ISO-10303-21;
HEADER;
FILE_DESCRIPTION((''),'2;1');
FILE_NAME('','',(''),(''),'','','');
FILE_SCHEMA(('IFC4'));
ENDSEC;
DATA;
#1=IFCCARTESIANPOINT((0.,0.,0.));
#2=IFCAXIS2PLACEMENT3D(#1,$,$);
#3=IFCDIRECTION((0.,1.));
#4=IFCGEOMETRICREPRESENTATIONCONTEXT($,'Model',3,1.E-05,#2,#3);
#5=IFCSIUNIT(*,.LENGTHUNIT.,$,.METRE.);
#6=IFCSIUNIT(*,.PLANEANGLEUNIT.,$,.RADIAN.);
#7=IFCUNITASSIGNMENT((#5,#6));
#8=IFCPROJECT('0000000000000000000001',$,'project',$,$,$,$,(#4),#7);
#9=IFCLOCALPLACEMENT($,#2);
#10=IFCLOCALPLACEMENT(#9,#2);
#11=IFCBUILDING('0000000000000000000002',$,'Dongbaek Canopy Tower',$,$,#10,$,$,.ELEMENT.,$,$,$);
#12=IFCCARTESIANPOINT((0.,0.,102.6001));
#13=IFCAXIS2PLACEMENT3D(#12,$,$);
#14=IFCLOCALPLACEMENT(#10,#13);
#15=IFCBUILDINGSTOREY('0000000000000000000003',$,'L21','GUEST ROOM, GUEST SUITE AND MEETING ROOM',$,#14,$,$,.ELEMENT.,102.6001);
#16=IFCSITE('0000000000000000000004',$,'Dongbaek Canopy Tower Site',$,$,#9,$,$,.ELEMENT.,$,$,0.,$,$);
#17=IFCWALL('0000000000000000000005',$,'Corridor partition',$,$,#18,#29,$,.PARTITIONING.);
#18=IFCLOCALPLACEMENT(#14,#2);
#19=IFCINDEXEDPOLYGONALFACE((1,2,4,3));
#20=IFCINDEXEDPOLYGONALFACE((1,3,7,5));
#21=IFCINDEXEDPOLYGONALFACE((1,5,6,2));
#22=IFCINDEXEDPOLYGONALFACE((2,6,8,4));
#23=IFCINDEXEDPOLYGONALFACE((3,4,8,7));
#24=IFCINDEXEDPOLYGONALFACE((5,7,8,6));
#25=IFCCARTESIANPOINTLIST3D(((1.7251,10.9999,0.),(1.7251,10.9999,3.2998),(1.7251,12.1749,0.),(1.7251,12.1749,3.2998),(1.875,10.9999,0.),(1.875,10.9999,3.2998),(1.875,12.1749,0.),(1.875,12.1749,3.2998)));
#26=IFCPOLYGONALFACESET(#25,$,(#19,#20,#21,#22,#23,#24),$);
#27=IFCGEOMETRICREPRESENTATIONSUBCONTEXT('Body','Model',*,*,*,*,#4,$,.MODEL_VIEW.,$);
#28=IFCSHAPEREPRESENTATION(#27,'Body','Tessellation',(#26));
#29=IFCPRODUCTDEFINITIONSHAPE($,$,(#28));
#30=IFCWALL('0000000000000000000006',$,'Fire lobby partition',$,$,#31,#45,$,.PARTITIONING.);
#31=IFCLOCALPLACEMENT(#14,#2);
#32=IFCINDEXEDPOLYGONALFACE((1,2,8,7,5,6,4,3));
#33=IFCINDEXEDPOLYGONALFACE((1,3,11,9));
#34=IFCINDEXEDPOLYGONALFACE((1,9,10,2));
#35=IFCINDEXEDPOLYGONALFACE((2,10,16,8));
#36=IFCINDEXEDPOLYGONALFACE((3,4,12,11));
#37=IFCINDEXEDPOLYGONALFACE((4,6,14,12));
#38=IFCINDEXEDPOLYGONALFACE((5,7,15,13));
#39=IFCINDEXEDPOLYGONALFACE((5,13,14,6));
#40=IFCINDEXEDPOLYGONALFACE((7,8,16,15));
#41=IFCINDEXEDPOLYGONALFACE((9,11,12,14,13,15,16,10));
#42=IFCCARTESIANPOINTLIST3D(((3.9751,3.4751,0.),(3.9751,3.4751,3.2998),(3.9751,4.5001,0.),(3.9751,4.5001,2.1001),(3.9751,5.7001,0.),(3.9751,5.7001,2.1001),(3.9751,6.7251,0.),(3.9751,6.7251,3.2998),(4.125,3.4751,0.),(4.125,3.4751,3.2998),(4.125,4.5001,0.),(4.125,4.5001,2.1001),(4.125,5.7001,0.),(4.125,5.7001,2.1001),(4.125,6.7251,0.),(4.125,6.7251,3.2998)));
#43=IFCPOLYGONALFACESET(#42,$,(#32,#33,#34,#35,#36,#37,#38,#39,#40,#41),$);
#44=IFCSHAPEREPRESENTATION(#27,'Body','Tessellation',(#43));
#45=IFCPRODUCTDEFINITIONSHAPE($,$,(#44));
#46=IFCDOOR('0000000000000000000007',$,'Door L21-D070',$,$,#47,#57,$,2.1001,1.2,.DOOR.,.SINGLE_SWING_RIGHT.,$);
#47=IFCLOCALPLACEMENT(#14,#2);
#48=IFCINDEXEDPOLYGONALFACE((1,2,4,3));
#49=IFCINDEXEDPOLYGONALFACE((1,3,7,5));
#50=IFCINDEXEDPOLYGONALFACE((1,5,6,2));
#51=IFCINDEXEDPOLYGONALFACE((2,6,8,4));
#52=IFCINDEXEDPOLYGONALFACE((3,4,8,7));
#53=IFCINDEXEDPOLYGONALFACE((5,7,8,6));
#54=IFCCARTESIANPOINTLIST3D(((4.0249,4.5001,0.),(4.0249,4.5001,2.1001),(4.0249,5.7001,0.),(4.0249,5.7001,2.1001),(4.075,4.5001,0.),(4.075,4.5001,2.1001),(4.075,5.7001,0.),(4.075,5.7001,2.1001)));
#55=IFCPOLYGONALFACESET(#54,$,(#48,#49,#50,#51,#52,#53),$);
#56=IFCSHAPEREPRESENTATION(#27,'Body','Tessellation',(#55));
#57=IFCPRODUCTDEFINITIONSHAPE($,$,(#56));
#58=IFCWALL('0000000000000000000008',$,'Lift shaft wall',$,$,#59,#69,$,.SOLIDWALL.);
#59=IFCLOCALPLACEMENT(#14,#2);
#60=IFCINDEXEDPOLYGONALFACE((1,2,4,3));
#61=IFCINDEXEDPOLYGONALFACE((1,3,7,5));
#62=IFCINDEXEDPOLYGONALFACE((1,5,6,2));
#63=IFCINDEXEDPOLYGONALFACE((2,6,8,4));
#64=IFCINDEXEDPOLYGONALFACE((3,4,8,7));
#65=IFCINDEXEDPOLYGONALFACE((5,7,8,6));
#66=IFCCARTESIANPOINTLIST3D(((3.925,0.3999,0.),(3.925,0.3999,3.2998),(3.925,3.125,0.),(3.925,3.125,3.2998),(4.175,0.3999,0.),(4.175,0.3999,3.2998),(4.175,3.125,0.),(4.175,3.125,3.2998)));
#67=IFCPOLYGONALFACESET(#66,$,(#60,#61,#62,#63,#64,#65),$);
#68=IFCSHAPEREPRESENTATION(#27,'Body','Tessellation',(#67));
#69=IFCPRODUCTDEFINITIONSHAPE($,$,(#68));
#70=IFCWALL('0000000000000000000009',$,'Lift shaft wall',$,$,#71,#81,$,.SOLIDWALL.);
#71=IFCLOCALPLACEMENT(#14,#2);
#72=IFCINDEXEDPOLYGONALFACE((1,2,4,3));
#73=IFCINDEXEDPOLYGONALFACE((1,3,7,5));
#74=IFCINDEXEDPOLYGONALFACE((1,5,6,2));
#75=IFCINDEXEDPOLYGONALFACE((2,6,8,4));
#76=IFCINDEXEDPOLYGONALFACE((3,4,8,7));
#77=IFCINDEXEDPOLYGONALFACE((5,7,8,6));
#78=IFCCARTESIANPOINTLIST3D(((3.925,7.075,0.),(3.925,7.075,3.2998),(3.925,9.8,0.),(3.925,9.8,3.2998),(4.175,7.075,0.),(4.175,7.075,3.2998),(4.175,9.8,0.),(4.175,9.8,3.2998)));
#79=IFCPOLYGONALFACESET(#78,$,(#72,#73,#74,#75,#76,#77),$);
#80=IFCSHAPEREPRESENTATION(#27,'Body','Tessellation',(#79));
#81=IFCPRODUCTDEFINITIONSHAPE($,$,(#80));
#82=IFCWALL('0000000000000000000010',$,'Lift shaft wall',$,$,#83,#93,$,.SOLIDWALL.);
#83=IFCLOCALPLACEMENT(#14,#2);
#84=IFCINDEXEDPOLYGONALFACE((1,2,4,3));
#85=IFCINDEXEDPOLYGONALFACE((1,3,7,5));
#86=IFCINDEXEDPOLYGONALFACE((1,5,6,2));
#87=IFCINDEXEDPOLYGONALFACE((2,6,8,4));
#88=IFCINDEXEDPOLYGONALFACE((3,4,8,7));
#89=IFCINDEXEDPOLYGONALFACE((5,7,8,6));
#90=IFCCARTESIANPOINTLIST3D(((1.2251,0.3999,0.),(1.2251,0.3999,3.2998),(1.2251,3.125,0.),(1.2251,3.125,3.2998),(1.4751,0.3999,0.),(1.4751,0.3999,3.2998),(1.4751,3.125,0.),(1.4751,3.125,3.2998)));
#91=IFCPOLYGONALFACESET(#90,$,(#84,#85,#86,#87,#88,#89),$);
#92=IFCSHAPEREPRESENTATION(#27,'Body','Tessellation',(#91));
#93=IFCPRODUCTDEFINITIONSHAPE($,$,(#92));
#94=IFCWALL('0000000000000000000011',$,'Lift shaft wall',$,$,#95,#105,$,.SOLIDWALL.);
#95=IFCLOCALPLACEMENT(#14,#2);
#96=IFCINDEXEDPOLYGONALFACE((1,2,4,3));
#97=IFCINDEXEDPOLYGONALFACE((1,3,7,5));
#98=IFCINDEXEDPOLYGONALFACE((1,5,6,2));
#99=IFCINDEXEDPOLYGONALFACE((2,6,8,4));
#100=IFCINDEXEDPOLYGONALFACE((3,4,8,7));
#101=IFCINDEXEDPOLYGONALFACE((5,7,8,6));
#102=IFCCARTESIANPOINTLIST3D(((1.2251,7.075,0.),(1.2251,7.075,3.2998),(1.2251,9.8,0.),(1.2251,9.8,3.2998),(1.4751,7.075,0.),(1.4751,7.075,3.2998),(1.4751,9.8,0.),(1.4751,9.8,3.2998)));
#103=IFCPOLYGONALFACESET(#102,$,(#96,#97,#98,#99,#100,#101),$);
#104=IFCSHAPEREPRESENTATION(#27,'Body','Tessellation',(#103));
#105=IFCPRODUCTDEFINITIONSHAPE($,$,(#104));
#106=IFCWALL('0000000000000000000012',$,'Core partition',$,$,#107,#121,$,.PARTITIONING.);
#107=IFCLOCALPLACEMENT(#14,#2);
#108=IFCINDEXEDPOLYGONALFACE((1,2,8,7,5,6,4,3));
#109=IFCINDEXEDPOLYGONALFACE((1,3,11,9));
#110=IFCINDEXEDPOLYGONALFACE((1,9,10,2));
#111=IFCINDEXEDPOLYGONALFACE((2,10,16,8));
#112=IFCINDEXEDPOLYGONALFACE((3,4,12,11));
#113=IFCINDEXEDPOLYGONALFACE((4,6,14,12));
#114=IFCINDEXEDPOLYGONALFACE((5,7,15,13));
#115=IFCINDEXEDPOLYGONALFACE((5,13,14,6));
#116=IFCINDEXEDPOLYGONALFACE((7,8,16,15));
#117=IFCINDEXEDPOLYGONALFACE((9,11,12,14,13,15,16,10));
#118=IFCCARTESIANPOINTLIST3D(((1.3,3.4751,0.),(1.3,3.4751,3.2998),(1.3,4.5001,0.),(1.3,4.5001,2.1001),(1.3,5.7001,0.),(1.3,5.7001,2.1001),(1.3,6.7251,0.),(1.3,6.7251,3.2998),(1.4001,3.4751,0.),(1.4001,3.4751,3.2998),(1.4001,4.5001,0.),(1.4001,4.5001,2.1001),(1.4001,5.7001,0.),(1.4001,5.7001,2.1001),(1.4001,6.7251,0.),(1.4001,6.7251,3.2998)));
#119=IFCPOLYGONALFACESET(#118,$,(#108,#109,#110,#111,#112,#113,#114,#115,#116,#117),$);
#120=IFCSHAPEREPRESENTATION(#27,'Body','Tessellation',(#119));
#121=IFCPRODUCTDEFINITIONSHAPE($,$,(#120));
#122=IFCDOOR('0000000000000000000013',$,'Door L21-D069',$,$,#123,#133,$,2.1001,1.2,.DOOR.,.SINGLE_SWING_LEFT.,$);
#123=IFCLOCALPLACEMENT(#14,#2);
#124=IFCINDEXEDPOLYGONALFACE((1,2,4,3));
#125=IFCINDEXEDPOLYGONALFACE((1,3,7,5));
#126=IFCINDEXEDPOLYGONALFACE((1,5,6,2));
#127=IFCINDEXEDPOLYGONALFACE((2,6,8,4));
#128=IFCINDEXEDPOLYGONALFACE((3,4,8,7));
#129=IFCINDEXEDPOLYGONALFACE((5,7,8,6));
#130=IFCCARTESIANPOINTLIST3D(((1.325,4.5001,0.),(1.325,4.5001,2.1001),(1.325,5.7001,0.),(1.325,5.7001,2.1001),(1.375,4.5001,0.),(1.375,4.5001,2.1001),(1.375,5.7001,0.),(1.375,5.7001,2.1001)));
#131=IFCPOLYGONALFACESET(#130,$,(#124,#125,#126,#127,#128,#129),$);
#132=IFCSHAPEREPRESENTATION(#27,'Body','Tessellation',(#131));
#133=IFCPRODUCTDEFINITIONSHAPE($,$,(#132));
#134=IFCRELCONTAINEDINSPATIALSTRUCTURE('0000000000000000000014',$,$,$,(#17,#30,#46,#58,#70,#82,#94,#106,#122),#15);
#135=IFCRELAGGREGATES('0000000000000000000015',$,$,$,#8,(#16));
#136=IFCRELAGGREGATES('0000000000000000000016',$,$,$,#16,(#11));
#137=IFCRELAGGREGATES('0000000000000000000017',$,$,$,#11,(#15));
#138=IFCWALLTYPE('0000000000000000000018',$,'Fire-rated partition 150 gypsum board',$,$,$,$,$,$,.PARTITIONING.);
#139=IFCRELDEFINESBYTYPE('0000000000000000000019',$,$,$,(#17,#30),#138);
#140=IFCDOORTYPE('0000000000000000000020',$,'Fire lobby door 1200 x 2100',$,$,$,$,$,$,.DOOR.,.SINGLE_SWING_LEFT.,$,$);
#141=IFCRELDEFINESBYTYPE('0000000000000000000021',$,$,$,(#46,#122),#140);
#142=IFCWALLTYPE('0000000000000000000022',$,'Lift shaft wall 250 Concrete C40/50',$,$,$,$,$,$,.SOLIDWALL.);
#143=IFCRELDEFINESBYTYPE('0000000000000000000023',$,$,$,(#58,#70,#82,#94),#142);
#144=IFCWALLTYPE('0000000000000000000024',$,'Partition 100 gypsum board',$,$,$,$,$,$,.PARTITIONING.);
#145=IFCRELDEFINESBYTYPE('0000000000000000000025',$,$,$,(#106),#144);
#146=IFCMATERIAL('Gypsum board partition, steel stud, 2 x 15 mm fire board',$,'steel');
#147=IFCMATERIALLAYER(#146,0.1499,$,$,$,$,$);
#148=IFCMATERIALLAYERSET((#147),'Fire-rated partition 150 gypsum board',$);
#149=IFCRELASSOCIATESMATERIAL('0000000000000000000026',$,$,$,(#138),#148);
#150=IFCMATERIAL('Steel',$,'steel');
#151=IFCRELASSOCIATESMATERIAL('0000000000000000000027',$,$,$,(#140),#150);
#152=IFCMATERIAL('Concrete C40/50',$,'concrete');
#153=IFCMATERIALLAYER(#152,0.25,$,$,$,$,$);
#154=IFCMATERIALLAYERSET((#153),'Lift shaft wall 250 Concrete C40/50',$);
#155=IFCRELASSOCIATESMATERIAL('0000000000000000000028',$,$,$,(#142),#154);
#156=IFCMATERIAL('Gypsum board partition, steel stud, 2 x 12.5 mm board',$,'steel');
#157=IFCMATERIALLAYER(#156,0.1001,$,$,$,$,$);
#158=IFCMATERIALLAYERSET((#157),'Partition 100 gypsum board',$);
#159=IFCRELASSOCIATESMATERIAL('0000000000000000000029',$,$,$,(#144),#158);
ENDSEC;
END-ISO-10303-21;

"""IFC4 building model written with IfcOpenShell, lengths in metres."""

from ifc_helpers import new_model, si_unit, direction, frame, frame_2d, origin, place, context, subcontext, project, spatial, rectangle, extrude, material, layer, layer_set, type_object, element, fill, save


model = new_model("IFC4")

# Units and contexts
model_context = context("Model", 3, precision=1e-05, world=origin(), true_north=direction((0.0, 1.0)))
body_context = subcontext(model_context, "Body", "Model", "MODEL_VIEW")
ifc_project = project(units=[si_unit("LENGTHUNIT", "METRE"), si_unit("PLANEANGLEUNIT", "RADIAN")], contexts=[model_context])

# Site, building, storey
site_placement = place(None, origin())
site = spatial("IfcSite", under=ifc_project, at=site_placement, Name="Dongbaek Canopy Tower Site", CompositionType="ELEMENT", RefElevation=0.0)
building_placement = place(site_placement, origin())
building = spatial("IfcBuilding", under=site, at=building_placement, Name="Dongbaek Canopy Tower", CompositionType="ELEMENT")
storey_placement = place(building_placement, frame((0.0, 0.0, 102.6001)))
storey = spatial("IfcBuildingStorey", under=building, at=storey_placement, Name="L21", Description="GUEST ROOM, GUEST SUITE AND MEETING ROOM", CompositionType="ELEMENT", Elevation=102.6001)

# Wall
ifc_material_1 = material(Name="Gypsum board partition, steel stud, 2 x 15 mm fire board", Category="steel")
ifc_layer_1 = layer(ifc_material_1, 0.1499)
ifc_layer_set_1 = layer_set([ifc_layer_1], Name="Fire-rated partition 150 gypsum board")
wall_type_1 = type_object("IfcWallType", Name="Fire-rated partition 150 gypsum board", PredefinedType="PARTITIONING", material=ifc_layer_set_1)
wall_1_placement = place(storey_placement, frame((1.8, 11.0, 0.0), z_axis=(0.0, 0.0, 1.0), x_axis=(0.0, 1.0, 0.0)))
element("IfcWall", 1, at=wall_1_placement, inside=storey, type_object=wall_type_1, Name="Corridor partition", PredefinedType="PARTITIONING", context=body_context, shape_type="SweptSolid", body=[
    extrude(rectangle(XDim=1.175, YDim=0.1499, at=frame_2d((0.5874, 0.0))), origin(), (0.0, 0.0, 1.0), 3.2998),
])

# Wall, opening, door
wall_2_placement = place(storey_placement, frame((4.05, 6.7251, 0.0), z_axis=(0.0, 0.0, 1.0), x_axis=(0.0, -1.0, 0.0)))
wall_2 = element("IfcWall", 2, at=wall_2_placement, inside=storey, type_object=wall_type_1, Name="Fire lobby partition", PredefinedType="PARTITIONING", context=body_context, shape_type="SweptSolid", body=[
    extrude(rectangle(XDim=3.25, YDim=0.1499, at=frame_2d((1.625, 0.0))), origin(), (0.0, 0.0, 1.0), 3.2998),
])
opening_1_placement = place(wall_2_placement, frame((1.0249, 0.0, 0.0)))
opening_1 = element("IfcOpeningElement", 3, at=opening_1_placement, cuts=wall_2, PredefinedType="OPENING", context=body_context, shape_type="SweptSolid", body=[
    extrude(rectangle(XDim=1.2, YDim=2.1001, at=frame_2d((0.6001, 1.05))), frame((0.0, 0.085, 0.0), z_axis=(0.0, -1.0, 0.0), x_axis=(1.0, 0.0, 0.0)), (0.0, 0.0, 1.0), 0.1699),
])
ifc_material_2 = material(Name="Steel", Category="steel")
door_type = type_object("IfcDoorType", Name="Fire lobby door 1200 x 2100", OperationType="SINGLE_SWING_LEFT", PredefinedType="DOOR", material=ifc_material_2)
door_1_placement = place(opening_1_placement, origin())
door_1 = element("IfcDoor", 4, at=door_1_placement, inside=storey, type_object=door_type, Name="Door L21-D070", OperationType="SINGLE_SWING_RIGHT", OverallHeight=2.1001, OverallWidth=1.2, PredefinedType="DOOR", context=body_context, shape_type="SweptSolid", body=[
    extrude(rectangle(XDim=1.2, YDim=2.1001, at=frame_2d((0.6001, 1.05))), frame((0.0, 0.0249, 0.0), z_axis=(0.0, -1.0, 0.0), x_axis=(1.0, 0.0, 0.0)), (0.0, 0.0, 1.0), 0.05),
])
fill(opening_1, door_1)

# Walls
ifc_material_3 = material(Name="Concrete C40/50", Category="concrete")
ifc_layer_2 = layer(ifc_material_3, 0.25)
ifc_layer_set_2 = layer_set([ifc_layer_2], Name="Lift shaft wall 250 Concrete C40/50")
wall_type_2 = type_object("IfcWallType", Name="Lift shaft wall 250 Concrete C40/50", PredefinedType="SOLIDWALL", material=ifc_layer_set_2)
for number, where, z_axis, x_axis, name in (
    (5, (4.05, 0.3999, 0.0), (0.0, 0.0, 1.0), (0.0, 1.0, 0.0), "Lift shaft wall"),
    (6, (4.05, 7.075, 0.0), (0.0, 0.0, 1.0), (0.0, 1.0, 0.0), "Lift shaft wall"),
    (7, (1.3501, 0.3999, 0.0), (0.0, 0.0, 1.0), (0.0, 1.0, 0.0), "Lift shaft wall"),
    (8, (1.3501, 7.075, 0.0), (0.0, 0.0, 1.0), (0.0, 1.0, 0.0), "Lift shaft wall"),
):
    element("IfcWall", number, at=place(storey_placement, frame(where, z_axis=z_axis, x_axis=x_axis)), inside=storey, type_object=wall_type_2, Name=name, PredefinedType="SOLIDWALL", context=body_context, shape_type="SweptSolid", body=[
        extrude(rectangle(XDim=2.7251, YDim=0.25, at=frame_2d((1.3625, 0.0))), origin(), (0.0, 0.0, 1.0), 3.2998),
    ])

# Wall, opening, door
ifc_material_4 = material(Name="Gypsum board partition, steel stud, 2 x 12.5 mm board", Category="steel")
ifc_layer_3 = layer(ifc_material_4, 0.1001)
ifc_layer_set_3 = layer_set([ifc_layer_3], Name="Partition 100 gypsum board")
wall_type_3 = type_object("IfcWallType", Name="Partition 100 gypsum board", PredefinedType="PARTITIONING", material=ifc_layer_set_3)
wall_3_placement = place(storey_placement, frame((1.3501, 6.7251, 0.0), z_axis=(0.0, 0.0, 1.0), x_axis=(0.0, -1.0, 0.0)))
wall_3 = element("IfcWall", 9, at=wall_3_placement, inside=storey, type_object=wall_type_3, Name="Core partition", PredefinedType="PARTITIONING", context=body_context, shape_type="SweptSolid", body=[
    extrude(rectangle(XDim=3.25, YDim=0.1001, at=frame_2d((1.625, 0.0))), origin(), (0.0, 0.0, 1.0), 3.2998),
])
opening_2_placement = place(wall_3_placement, frame((1.0249, 0.0, 0.0)))
opening_2 = element("IfcOpeningElement", 10, at=opening_2_placement, cuts=wall_3, PredefinedType="OPENING", context=body_context, shape_type="SweptSolid", body=[
    extrude(rectangle(XDim=1.2, YDim=2.1001, at=frame_2d((0.6001, 1.05))), frame((0.0, 0.0601, 0.0), z_axis=(0.0, -1.0, 0.0), x_axis=(1.0, 0.0, 0.0)), (0.0, 0.0, 1.0), 0.1201),
])
door_2_placement = place(opening_2_placement, origin())
door_2 = element("IfcDoor", 11, at=door_2_placement, inside=storey, type_object=door_type, Name="Door L21-D069", OperationType="SINGLE_SWING_LEFT", OverallHeight=2.1001, OverallWidth=1.2, PredefinedType="DOOR", context=body_context, shape_type="SweptSolid", body=[
    extrude(rectangle(XDim=1.2, YDim=2.1001, at=frame_2d((0.6001, 1.05))), frame((0.0, 0.0249, 0.0), z_axis=(0.0, -1.0, 0.0), x_axis=(1.0, 0.0, 0.0)), (0.0, 0.0, 1.0), 0.05),
])
fill(opening_2, door_2)

save(model, "model.ifc")
